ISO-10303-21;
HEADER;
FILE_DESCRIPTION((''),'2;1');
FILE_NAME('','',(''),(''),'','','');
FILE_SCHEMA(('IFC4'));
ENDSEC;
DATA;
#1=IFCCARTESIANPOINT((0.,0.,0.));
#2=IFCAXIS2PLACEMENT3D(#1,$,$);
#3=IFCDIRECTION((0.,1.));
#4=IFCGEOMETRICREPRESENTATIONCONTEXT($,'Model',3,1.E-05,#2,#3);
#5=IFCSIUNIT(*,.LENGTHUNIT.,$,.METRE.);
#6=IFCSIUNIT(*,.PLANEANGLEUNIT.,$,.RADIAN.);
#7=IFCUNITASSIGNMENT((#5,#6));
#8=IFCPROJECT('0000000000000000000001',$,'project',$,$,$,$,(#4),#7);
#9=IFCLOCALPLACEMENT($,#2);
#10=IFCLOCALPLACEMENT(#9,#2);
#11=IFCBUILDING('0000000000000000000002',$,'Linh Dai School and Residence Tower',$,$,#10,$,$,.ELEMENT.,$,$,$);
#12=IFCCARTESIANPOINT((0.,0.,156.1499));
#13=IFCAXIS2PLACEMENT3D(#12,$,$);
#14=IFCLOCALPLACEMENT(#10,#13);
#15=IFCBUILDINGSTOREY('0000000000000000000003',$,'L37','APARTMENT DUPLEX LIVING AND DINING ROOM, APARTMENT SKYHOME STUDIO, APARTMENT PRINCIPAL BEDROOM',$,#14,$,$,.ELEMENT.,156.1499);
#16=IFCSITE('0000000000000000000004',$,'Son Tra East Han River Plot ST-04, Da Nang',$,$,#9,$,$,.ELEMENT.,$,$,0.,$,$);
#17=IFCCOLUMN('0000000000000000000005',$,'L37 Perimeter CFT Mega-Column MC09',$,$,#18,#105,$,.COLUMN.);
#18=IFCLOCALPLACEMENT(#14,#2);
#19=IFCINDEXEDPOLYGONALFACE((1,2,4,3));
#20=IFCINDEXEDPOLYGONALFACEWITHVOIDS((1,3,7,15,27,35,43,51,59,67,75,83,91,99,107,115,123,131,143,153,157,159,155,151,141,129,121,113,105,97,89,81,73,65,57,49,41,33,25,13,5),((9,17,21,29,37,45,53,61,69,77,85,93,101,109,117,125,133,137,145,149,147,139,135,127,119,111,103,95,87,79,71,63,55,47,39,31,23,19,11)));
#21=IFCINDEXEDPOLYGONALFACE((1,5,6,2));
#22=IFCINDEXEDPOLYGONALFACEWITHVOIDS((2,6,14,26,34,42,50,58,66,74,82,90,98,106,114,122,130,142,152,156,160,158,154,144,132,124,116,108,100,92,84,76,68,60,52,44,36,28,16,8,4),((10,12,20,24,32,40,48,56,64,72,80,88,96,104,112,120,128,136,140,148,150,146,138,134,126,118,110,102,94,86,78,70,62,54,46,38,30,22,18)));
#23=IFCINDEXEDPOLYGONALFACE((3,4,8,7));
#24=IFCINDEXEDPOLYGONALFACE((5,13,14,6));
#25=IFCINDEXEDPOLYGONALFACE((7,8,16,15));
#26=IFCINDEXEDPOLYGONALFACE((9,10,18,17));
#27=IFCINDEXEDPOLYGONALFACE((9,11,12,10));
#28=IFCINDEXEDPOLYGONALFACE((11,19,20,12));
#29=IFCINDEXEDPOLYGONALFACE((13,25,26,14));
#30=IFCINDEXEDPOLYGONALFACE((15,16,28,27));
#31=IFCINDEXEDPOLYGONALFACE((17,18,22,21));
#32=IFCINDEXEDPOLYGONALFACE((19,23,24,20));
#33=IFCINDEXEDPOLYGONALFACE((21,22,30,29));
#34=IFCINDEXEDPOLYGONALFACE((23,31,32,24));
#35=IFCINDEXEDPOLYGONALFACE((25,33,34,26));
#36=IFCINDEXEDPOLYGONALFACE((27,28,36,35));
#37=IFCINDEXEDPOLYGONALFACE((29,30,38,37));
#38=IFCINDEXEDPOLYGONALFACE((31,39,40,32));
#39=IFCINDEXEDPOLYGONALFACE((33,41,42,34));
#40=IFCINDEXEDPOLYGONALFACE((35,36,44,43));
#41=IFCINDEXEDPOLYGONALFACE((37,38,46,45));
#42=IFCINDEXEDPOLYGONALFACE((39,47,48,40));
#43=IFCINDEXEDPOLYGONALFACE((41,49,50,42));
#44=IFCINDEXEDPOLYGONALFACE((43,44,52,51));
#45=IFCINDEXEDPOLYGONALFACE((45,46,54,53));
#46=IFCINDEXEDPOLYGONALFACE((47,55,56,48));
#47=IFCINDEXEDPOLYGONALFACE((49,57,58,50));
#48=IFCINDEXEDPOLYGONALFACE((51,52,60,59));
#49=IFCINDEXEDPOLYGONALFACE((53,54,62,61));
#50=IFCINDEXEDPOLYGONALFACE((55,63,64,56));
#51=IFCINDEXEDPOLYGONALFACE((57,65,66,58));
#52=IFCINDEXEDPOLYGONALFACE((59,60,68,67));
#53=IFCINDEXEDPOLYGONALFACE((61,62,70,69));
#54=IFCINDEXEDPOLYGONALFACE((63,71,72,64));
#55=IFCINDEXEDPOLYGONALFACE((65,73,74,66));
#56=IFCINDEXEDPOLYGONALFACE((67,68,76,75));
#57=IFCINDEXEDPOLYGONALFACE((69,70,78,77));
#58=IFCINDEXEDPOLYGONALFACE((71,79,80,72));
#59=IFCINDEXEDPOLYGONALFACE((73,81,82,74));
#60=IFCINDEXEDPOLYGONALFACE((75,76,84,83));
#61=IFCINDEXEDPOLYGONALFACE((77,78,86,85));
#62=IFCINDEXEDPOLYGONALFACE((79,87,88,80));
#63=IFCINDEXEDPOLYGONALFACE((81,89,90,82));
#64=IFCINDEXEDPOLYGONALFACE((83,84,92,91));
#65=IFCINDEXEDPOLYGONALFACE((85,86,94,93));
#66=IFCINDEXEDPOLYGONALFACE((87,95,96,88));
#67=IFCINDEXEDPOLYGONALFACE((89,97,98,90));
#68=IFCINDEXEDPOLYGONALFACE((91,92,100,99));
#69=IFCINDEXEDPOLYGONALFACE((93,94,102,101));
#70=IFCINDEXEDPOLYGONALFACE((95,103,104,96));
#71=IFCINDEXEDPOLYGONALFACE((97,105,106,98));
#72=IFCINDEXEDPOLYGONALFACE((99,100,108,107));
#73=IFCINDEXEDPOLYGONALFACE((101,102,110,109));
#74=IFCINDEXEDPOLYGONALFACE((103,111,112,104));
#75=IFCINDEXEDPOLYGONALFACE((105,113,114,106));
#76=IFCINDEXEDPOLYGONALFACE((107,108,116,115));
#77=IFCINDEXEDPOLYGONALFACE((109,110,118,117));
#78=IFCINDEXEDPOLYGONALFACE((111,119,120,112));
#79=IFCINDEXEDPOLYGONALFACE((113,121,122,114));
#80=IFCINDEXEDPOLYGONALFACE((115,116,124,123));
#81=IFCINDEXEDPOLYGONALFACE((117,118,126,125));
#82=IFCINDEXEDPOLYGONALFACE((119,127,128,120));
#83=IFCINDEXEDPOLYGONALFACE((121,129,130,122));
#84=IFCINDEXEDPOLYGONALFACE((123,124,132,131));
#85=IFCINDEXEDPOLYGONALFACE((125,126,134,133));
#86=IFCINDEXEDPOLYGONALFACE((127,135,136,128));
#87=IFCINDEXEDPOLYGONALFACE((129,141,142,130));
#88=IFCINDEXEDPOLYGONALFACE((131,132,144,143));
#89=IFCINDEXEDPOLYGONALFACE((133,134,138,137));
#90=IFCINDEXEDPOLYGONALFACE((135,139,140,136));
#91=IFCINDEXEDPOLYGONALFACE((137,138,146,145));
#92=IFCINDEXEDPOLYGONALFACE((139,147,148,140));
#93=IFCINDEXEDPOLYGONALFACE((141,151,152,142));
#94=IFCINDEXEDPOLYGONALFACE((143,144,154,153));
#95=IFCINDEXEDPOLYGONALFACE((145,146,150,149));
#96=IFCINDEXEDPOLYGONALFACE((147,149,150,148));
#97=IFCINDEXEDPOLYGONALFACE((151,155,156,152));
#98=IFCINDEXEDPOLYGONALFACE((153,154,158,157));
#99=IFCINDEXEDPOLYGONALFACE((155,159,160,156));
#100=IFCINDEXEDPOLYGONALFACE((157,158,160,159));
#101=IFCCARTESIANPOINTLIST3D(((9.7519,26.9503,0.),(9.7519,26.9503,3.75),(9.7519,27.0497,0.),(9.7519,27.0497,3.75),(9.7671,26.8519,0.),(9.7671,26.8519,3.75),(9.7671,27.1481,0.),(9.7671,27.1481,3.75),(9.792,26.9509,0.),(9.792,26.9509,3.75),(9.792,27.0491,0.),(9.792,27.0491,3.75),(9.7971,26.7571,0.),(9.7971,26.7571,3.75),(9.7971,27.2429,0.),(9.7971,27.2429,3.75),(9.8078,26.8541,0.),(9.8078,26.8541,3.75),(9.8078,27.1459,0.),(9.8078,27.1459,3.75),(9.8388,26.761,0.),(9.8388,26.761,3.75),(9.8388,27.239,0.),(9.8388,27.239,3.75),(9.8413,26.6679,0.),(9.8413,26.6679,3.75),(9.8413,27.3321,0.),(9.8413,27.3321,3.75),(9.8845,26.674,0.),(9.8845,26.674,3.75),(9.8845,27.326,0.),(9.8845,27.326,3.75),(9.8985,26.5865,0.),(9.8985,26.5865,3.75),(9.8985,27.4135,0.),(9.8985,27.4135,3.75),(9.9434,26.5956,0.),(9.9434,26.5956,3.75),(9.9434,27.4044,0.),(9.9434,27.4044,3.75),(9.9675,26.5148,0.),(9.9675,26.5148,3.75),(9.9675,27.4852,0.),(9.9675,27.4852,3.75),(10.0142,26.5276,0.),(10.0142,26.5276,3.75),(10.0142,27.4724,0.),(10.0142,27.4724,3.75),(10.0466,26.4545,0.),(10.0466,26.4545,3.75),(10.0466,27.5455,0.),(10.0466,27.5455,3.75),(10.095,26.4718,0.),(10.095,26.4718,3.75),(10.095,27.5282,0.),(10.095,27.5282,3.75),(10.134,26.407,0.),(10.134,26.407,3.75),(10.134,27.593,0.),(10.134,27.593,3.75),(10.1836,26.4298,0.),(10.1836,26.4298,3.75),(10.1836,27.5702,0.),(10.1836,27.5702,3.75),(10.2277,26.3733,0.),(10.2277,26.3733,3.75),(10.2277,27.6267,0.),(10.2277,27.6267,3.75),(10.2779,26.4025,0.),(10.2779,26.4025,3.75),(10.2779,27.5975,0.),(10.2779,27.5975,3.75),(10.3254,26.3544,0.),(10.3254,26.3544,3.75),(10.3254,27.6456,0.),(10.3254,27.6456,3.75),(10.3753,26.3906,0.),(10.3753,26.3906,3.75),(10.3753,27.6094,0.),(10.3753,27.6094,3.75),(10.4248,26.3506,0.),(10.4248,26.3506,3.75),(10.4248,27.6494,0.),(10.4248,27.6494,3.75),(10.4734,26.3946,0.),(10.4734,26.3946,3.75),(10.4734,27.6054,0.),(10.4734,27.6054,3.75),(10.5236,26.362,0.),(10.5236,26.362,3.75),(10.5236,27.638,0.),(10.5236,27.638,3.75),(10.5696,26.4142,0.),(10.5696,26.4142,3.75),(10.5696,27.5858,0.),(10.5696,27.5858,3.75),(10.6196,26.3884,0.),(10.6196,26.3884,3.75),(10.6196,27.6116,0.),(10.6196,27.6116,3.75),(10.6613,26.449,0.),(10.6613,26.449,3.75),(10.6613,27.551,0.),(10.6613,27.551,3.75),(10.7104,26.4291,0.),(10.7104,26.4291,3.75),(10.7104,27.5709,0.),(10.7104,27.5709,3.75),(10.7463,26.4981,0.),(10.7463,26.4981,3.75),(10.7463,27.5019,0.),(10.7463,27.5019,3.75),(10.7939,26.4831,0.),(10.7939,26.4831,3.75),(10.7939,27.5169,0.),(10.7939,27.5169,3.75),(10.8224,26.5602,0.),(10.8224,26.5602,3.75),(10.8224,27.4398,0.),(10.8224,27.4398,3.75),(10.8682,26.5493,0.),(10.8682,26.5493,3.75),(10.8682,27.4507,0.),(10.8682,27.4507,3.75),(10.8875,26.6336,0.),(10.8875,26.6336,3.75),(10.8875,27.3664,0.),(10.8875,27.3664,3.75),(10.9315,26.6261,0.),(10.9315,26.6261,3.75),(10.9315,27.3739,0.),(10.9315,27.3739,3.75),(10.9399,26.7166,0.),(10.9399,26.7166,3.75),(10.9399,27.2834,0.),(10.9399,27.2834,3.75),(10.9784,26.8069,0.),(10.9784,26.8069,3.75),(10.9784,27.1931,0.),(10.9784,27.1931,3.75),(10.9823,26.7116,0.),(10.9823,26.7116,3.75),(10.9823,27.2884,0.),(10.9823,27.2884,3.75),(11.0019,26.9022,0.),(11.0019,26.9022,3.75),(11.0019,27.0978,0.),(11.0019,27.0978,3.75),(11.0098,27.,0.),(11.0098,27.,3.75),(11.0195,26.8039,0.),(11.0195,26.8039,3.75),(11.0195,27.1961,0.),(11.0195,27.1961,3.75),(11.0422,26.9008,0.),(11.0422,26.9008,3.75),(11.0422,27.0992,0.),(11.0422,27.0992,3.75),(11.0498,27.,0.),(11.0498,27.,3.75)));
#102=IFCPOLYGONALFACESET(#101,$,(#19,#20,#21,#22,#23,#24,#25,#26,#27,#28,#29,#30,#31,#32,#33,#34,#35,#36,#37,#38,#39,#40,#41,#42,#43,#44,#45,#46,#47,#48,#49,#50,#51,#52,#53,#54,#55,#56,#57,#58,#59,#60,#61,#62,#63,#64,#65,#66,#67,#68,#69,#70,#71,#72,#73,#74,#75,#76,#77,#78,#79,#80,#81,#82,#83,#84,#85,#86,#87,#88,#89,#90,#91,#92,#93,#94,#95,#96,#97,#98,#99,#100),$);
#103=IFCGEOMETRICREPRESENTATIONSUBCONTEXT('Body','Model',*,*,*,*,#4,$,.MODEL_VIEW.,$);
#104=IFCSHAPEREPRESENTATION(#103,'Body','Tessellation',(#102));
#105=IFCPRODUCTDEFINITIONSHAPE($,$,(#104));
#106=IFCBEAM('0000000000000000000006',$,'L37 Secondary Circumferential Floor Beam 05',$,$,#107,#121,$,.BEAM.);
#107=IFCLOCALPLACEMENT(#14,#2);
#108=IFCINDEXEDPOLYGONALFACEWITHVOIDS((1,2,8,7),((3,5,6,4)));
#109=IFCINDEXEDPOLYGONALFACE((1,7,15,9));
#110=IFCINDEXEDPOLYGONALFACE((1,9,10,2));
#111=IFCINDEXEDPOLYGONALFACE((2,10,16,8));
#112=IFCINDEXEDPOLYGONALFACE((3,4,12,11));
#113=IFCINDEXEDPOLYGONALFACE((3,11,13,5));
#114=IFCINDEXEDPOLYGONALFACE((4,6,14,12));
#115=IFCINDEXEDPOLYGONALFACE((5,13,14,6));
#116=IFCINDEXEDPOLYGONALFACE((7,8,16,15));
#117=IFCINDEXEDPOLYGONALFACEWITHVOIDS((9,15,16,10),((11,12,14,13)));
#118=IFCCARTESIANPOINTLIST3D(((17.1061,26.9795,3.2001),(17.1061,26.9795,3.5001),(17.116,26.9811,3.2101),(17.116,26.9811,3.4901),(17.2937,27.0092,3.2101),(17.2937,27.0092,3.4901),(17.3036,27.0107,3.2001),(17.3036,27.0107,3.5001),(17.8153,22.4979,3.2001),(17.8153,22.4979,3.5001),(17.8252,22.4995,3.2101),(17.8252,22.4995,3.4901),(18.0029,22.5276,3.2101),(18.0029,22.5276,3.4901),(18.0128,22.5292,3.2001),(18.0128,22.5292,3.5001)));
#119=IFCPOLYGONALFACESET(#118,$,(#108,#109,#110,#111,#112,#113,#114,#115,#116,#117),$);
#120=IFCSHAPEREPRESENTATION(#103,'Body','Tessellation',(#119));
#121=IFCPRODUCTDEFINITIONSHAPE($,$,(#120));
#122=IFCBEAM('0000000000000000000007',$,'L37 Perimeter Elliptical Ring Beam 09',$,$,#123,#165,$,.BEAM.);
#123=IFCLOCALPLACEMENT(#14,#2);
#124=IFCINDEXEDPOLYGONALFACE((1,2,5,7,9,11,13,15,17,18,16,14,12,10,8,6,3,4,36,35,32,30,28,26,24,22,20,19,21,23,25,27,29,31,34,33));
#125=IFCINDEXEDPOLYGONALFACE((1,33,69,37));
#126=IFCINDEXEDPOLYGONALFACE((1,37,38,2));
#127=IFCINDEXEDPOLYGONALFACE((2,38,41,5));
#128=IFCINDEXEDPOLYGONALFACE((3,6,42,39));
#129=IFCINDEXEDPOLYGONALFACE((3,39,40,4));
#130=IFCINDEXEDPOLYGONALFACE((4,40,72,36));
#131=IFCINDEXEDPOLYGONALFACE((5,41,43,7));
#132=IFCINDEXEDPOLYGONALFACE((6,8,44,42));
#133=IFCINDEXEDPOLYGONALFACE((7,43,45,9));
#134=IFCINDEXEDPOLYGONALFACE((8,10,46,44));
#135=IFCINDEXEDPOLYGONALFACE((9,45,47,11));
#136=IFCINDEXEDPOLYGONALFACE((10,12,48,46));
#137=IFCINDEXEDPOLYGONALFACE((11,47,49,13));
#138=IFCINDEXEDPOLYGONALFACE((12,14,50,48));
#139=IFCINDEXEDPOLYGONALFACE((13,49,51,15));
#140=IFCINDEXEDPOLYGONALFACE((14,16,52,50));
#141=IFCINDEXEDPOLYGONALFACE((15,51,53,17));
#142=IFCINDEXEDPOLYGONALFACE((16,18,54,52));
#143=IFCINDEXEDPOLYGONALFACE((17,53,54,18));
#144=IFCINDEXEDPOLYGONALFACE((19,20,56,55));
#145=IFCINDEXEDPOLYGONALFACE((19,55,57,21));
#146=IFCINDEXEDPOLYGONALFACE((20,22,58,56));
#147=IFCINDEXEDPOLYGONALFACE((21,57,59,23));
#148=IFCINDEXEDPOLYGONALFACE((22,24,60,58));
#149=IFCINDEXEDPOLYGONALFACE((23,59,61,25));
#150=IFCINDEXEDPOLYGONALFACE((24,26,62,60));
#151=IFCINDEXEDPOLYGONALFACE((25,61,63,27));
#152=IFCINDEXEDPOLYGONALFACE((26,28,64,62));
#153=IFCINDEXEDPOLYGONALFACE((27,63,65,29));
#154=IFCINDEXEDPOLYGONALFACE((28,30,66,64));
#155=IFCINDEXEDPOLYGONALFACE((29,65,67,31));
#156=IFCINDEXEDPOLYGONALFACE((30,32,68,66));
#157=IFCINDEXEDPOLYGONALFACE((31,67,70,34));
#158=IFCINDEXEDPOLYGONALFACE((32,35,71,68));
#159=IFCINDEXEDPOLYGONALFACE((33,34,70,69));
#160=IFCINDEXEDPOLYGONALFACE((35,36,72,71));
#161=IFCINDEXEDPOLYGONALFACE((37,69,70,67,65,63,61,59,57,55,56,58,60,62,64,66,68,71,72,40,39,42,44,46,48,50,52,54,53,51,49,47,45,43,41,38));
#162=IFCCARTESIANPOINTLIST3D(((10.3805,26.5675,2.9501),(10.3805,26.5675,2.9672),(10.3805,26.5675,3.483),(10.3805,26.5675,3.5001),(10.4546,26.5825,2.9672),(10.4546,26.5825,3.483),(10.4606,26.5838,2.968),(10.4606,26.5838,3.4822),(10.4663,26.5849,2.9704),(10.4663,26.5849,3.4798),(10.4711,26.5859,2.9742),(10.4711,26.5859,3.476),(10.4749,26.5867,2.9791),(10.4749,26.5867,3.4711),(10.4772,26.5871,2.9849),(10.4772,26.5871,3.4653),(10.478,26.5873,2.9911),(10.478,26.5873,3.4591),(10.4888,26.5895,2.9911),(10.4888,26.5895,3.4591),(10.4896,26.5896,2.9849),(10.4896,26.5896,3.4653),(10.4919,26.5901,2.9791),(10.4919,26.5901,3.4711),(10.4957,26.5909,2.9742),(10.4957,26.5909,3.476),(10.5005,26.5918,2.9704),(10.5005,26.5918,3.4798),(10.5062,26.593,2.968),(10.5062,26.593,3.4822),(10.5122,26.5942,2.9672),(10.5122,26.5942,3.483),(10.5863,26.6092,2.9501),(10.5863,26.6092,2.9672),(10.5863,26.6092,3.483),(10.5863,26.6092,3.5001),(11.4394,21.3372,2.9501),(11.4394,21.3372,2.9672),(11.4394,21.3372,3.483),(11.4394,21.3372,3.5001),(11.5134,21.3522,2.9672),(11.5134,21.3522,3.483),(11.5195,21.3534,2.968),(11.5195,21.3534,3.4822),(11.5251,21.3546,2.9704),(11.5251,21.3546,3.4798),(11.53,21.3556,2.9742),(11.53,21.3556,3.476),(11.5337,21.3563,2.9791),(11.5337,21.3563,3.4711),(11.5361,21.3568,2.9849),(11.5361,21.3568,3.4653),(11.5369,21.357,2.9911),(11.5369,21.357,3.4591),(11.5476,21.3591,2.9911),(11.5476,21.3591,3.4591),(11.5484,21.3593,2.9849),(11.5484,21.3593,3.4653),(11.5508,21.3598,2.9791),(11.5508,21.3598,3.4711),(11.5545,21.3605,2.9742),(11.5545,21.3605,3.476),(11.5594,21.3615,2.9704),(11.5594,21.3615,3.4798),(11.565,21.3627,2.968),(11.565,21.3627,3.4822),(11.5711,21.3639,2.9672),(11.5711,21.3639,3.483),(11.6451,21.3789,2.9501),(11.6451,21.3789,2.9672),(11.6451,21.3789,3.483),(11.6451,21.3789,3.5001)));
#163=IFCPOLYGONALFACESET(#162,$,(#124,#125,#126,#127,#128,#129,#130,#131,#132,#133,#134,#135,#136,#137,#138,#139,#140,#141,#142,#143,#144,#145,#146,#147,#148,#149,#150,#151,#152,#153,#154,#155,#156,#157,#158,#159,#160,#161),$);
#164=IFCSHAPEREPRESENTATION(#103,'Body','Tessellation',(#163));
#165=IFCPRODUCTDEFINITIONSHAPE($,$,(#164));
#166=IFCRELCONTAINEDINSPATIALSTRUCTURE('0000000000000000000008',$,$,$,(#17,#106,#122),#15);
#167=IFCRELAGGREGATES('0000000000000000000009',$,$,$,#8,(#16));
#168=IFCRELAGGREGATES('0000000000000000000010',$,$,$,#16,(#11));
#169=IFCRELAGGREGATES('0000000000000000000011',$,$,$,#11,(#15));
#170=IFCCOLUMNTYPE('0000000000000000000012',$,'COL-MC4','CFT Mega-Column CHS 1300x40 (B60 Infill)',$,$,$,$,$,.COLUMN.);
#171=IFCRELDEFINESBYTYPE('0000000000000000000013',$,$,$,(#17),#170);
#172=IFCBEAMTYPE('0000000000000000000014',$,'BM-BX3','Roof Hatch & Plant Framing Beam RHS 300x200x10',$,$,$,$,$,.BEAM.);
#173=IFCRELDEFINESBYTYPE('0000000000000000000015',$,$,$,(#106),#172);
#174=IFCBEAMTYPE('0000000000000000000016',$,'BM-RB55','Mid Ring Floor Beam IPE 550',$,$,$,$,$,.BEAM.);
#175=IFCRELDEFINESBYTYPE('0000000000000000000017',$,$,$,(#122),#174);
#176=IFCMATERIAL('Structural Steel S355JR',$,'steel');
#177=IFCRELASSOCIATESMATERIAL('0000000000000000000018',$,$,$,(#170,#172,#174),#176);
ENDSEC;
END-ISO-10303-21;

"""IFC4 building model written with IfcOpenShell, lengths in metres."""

from ifc_helpers import new_model, si_unit, direction, frame, origin, origin_2d, place, context, subcontext, project, spatial, hollow_rectangle, hollow_circle, i_section, extrude, material, material_profile, profile_set, type_object, element, save


model = new_model("IFC4")

# Units and contexts
model_context = context("Model", 3, precision=1e-05, world=origin(), true_north=direction((0.0, 1.0)))
body_context = subcontext(model_context, "Body", "Model", "MODEL_VIEW")
ifc_project = project(units=[si_unit("LENGTHUNIT", "METRE"), si_unit("PLANEANGLEUNIT", "RADIAN")], contexts=[model_context])

# Site, building, storey
site_placement = place(None, origin())
site = spatial("IfcSite", under=ifc_project, at=site_placement, Name="Son Tra East Han River Plot ST-04, Da Nang", CompositionType="ELEMENT", RefElevation=0.0)
building_placement = place(site_placement, origin())
building = spatial("IfcBuilding", under=site, at=building_placement, Name="Linh Dai School and Residence Tower", CompositionType="ELEMENT")
storey_placement = place(building_placement, frame((0.0, 0.0, 156.1499)))
storey = spatial("IfcBuildingStorey", under=building, at=storey_placement, Name="L37", Description="APARTMENT DUPLEX LIVING AND DINING ROOM, APARTMENT SKYHOME STUDIO, APARTMENT PRINCIPAL BEDROOM", CompositionType="ELEMENT", Elevation=156.1499)

# Column
ifc_material_1 = material(Name="Structural Steel S355JR", Category="steel")
ifc_material_profile_1 = material_profile(ifc_material_1, hollow_circle(Radius=0.6499, WallThickness=0.04, at=origin_2d()), Name="CHS 1300x40")
ifc_profile_set_1 = profile_set([ifc_material_profile_1], Name="Structural Steel S355JR")
column_type = type_object("IfcColumnType", Name="COL-MC4", Description="CFT Mega-Column CHS 1300x40 (B60 Infill)", PredefinedType="COLUMN", material=ifc_profile_set_1)
column_placement = place(storey_placement, frame((10.3999, 27.0, 0.0), z_axis=(0.0, 0.0, 1.0), x_axis=(1.0, 0.0, 0.0)))
element("IfcColumn", 1, at=column_placement, inside=storey, type_object=column_type, Name="L37 Perimeter CFT Mega-Column MC09", PredefinedType="COLUMN", context=body_context, shape_type="SweptSolid", body=[
    extrude(hollow_circle(Radius=0.6499, WallThickness=0.04, at=origin_2d()), origin(), (0.0, 0.0, 1.0), 3.75),
])

# Beams
ifc_material_profile_2 = material_profile(ifc_material_1, hollow_rectangle(XDim=0.2, YDim=0.3, WallThickness=0.01, at=origin_2d()), Name="RHS 300x200x10")
ifc_profile_set_2 = profile_set([ifc_material_profile_2], Name="Structural Steel S355JR")
beam_type_1 = type_object("IfcBeamType", Name="BM-BX3", Description="Roof Hatch & Plant Framing Beam RHS 300x200x10", PredefinedType="BEAM", material=ifc_profile_set_2)
beam_1_placement = place(storey_placement, frame((17.2048, 26.9951, 3.3501), z_axis=(0.156305, -0.987709, 0.0), x_axis=(0.987709, 0.156305, 0.0)))
element("IfcBeam", 2, at=beam_1_placement, inside=storey, type_object=beam_type_1, Name="L37 Secondary Circumferential Floor Beam 05", PredefinedType="BEAM", context=body_context, shape_type="SweptSolid", body=[
    extrude(hollow_rectangle(XDim=0.2, YDim=0.3, WallThickness=0.01, at=origin_2d()), origin(), (0.0, 0.0, 1.0), 4.5374),
])
ifc_material_profile_3 = material_profile(ifc_material_1, i_section(OverallWidth=0.21, OverallDepth=0.55, WebThickness=0.011, FlangeThickness=0.0171, FilletRadius=0.0239, at=origin_2d()), Name="IPE 550")
ifc_profile_set_3 = profile_set([ifc_material_profile_3], Name="Structural Steel S355JR")
beam_type_2 = type_object("IfcBeamType", Name="BM-RB55", Description="Mid Ring Floor Beam IPE 550", PredefinedType="BEAM", material=ifc_profile_set_3)
beam_2_placement = place(storey_placement, frame((10.4834, 26.5884, 3.2251), z_axis=(0.198421, -0.980117, 0.0), x_axis=(0.980117, 0.198421, 0.0)))
element("IfcBeam", 3, at=beam_2_placement, inside=storey, type_object=beam_type_2, Name="L37 Perimeter Elliptical Ring Beam 09", PredefinedType="BEAM", context=body_context, shape_type="SweptSolid", body=[
    extrude(i_section(OverallWidth=0.21, OverallDepth=0.55, WebThickness=0.011, FlangeThickness=0.0171, FilletRadius=0.0239, at=origin_2d()), origin(), (0.0, 0.0, 1.0), 5.3364),
])

save(model, "model.ifc")
